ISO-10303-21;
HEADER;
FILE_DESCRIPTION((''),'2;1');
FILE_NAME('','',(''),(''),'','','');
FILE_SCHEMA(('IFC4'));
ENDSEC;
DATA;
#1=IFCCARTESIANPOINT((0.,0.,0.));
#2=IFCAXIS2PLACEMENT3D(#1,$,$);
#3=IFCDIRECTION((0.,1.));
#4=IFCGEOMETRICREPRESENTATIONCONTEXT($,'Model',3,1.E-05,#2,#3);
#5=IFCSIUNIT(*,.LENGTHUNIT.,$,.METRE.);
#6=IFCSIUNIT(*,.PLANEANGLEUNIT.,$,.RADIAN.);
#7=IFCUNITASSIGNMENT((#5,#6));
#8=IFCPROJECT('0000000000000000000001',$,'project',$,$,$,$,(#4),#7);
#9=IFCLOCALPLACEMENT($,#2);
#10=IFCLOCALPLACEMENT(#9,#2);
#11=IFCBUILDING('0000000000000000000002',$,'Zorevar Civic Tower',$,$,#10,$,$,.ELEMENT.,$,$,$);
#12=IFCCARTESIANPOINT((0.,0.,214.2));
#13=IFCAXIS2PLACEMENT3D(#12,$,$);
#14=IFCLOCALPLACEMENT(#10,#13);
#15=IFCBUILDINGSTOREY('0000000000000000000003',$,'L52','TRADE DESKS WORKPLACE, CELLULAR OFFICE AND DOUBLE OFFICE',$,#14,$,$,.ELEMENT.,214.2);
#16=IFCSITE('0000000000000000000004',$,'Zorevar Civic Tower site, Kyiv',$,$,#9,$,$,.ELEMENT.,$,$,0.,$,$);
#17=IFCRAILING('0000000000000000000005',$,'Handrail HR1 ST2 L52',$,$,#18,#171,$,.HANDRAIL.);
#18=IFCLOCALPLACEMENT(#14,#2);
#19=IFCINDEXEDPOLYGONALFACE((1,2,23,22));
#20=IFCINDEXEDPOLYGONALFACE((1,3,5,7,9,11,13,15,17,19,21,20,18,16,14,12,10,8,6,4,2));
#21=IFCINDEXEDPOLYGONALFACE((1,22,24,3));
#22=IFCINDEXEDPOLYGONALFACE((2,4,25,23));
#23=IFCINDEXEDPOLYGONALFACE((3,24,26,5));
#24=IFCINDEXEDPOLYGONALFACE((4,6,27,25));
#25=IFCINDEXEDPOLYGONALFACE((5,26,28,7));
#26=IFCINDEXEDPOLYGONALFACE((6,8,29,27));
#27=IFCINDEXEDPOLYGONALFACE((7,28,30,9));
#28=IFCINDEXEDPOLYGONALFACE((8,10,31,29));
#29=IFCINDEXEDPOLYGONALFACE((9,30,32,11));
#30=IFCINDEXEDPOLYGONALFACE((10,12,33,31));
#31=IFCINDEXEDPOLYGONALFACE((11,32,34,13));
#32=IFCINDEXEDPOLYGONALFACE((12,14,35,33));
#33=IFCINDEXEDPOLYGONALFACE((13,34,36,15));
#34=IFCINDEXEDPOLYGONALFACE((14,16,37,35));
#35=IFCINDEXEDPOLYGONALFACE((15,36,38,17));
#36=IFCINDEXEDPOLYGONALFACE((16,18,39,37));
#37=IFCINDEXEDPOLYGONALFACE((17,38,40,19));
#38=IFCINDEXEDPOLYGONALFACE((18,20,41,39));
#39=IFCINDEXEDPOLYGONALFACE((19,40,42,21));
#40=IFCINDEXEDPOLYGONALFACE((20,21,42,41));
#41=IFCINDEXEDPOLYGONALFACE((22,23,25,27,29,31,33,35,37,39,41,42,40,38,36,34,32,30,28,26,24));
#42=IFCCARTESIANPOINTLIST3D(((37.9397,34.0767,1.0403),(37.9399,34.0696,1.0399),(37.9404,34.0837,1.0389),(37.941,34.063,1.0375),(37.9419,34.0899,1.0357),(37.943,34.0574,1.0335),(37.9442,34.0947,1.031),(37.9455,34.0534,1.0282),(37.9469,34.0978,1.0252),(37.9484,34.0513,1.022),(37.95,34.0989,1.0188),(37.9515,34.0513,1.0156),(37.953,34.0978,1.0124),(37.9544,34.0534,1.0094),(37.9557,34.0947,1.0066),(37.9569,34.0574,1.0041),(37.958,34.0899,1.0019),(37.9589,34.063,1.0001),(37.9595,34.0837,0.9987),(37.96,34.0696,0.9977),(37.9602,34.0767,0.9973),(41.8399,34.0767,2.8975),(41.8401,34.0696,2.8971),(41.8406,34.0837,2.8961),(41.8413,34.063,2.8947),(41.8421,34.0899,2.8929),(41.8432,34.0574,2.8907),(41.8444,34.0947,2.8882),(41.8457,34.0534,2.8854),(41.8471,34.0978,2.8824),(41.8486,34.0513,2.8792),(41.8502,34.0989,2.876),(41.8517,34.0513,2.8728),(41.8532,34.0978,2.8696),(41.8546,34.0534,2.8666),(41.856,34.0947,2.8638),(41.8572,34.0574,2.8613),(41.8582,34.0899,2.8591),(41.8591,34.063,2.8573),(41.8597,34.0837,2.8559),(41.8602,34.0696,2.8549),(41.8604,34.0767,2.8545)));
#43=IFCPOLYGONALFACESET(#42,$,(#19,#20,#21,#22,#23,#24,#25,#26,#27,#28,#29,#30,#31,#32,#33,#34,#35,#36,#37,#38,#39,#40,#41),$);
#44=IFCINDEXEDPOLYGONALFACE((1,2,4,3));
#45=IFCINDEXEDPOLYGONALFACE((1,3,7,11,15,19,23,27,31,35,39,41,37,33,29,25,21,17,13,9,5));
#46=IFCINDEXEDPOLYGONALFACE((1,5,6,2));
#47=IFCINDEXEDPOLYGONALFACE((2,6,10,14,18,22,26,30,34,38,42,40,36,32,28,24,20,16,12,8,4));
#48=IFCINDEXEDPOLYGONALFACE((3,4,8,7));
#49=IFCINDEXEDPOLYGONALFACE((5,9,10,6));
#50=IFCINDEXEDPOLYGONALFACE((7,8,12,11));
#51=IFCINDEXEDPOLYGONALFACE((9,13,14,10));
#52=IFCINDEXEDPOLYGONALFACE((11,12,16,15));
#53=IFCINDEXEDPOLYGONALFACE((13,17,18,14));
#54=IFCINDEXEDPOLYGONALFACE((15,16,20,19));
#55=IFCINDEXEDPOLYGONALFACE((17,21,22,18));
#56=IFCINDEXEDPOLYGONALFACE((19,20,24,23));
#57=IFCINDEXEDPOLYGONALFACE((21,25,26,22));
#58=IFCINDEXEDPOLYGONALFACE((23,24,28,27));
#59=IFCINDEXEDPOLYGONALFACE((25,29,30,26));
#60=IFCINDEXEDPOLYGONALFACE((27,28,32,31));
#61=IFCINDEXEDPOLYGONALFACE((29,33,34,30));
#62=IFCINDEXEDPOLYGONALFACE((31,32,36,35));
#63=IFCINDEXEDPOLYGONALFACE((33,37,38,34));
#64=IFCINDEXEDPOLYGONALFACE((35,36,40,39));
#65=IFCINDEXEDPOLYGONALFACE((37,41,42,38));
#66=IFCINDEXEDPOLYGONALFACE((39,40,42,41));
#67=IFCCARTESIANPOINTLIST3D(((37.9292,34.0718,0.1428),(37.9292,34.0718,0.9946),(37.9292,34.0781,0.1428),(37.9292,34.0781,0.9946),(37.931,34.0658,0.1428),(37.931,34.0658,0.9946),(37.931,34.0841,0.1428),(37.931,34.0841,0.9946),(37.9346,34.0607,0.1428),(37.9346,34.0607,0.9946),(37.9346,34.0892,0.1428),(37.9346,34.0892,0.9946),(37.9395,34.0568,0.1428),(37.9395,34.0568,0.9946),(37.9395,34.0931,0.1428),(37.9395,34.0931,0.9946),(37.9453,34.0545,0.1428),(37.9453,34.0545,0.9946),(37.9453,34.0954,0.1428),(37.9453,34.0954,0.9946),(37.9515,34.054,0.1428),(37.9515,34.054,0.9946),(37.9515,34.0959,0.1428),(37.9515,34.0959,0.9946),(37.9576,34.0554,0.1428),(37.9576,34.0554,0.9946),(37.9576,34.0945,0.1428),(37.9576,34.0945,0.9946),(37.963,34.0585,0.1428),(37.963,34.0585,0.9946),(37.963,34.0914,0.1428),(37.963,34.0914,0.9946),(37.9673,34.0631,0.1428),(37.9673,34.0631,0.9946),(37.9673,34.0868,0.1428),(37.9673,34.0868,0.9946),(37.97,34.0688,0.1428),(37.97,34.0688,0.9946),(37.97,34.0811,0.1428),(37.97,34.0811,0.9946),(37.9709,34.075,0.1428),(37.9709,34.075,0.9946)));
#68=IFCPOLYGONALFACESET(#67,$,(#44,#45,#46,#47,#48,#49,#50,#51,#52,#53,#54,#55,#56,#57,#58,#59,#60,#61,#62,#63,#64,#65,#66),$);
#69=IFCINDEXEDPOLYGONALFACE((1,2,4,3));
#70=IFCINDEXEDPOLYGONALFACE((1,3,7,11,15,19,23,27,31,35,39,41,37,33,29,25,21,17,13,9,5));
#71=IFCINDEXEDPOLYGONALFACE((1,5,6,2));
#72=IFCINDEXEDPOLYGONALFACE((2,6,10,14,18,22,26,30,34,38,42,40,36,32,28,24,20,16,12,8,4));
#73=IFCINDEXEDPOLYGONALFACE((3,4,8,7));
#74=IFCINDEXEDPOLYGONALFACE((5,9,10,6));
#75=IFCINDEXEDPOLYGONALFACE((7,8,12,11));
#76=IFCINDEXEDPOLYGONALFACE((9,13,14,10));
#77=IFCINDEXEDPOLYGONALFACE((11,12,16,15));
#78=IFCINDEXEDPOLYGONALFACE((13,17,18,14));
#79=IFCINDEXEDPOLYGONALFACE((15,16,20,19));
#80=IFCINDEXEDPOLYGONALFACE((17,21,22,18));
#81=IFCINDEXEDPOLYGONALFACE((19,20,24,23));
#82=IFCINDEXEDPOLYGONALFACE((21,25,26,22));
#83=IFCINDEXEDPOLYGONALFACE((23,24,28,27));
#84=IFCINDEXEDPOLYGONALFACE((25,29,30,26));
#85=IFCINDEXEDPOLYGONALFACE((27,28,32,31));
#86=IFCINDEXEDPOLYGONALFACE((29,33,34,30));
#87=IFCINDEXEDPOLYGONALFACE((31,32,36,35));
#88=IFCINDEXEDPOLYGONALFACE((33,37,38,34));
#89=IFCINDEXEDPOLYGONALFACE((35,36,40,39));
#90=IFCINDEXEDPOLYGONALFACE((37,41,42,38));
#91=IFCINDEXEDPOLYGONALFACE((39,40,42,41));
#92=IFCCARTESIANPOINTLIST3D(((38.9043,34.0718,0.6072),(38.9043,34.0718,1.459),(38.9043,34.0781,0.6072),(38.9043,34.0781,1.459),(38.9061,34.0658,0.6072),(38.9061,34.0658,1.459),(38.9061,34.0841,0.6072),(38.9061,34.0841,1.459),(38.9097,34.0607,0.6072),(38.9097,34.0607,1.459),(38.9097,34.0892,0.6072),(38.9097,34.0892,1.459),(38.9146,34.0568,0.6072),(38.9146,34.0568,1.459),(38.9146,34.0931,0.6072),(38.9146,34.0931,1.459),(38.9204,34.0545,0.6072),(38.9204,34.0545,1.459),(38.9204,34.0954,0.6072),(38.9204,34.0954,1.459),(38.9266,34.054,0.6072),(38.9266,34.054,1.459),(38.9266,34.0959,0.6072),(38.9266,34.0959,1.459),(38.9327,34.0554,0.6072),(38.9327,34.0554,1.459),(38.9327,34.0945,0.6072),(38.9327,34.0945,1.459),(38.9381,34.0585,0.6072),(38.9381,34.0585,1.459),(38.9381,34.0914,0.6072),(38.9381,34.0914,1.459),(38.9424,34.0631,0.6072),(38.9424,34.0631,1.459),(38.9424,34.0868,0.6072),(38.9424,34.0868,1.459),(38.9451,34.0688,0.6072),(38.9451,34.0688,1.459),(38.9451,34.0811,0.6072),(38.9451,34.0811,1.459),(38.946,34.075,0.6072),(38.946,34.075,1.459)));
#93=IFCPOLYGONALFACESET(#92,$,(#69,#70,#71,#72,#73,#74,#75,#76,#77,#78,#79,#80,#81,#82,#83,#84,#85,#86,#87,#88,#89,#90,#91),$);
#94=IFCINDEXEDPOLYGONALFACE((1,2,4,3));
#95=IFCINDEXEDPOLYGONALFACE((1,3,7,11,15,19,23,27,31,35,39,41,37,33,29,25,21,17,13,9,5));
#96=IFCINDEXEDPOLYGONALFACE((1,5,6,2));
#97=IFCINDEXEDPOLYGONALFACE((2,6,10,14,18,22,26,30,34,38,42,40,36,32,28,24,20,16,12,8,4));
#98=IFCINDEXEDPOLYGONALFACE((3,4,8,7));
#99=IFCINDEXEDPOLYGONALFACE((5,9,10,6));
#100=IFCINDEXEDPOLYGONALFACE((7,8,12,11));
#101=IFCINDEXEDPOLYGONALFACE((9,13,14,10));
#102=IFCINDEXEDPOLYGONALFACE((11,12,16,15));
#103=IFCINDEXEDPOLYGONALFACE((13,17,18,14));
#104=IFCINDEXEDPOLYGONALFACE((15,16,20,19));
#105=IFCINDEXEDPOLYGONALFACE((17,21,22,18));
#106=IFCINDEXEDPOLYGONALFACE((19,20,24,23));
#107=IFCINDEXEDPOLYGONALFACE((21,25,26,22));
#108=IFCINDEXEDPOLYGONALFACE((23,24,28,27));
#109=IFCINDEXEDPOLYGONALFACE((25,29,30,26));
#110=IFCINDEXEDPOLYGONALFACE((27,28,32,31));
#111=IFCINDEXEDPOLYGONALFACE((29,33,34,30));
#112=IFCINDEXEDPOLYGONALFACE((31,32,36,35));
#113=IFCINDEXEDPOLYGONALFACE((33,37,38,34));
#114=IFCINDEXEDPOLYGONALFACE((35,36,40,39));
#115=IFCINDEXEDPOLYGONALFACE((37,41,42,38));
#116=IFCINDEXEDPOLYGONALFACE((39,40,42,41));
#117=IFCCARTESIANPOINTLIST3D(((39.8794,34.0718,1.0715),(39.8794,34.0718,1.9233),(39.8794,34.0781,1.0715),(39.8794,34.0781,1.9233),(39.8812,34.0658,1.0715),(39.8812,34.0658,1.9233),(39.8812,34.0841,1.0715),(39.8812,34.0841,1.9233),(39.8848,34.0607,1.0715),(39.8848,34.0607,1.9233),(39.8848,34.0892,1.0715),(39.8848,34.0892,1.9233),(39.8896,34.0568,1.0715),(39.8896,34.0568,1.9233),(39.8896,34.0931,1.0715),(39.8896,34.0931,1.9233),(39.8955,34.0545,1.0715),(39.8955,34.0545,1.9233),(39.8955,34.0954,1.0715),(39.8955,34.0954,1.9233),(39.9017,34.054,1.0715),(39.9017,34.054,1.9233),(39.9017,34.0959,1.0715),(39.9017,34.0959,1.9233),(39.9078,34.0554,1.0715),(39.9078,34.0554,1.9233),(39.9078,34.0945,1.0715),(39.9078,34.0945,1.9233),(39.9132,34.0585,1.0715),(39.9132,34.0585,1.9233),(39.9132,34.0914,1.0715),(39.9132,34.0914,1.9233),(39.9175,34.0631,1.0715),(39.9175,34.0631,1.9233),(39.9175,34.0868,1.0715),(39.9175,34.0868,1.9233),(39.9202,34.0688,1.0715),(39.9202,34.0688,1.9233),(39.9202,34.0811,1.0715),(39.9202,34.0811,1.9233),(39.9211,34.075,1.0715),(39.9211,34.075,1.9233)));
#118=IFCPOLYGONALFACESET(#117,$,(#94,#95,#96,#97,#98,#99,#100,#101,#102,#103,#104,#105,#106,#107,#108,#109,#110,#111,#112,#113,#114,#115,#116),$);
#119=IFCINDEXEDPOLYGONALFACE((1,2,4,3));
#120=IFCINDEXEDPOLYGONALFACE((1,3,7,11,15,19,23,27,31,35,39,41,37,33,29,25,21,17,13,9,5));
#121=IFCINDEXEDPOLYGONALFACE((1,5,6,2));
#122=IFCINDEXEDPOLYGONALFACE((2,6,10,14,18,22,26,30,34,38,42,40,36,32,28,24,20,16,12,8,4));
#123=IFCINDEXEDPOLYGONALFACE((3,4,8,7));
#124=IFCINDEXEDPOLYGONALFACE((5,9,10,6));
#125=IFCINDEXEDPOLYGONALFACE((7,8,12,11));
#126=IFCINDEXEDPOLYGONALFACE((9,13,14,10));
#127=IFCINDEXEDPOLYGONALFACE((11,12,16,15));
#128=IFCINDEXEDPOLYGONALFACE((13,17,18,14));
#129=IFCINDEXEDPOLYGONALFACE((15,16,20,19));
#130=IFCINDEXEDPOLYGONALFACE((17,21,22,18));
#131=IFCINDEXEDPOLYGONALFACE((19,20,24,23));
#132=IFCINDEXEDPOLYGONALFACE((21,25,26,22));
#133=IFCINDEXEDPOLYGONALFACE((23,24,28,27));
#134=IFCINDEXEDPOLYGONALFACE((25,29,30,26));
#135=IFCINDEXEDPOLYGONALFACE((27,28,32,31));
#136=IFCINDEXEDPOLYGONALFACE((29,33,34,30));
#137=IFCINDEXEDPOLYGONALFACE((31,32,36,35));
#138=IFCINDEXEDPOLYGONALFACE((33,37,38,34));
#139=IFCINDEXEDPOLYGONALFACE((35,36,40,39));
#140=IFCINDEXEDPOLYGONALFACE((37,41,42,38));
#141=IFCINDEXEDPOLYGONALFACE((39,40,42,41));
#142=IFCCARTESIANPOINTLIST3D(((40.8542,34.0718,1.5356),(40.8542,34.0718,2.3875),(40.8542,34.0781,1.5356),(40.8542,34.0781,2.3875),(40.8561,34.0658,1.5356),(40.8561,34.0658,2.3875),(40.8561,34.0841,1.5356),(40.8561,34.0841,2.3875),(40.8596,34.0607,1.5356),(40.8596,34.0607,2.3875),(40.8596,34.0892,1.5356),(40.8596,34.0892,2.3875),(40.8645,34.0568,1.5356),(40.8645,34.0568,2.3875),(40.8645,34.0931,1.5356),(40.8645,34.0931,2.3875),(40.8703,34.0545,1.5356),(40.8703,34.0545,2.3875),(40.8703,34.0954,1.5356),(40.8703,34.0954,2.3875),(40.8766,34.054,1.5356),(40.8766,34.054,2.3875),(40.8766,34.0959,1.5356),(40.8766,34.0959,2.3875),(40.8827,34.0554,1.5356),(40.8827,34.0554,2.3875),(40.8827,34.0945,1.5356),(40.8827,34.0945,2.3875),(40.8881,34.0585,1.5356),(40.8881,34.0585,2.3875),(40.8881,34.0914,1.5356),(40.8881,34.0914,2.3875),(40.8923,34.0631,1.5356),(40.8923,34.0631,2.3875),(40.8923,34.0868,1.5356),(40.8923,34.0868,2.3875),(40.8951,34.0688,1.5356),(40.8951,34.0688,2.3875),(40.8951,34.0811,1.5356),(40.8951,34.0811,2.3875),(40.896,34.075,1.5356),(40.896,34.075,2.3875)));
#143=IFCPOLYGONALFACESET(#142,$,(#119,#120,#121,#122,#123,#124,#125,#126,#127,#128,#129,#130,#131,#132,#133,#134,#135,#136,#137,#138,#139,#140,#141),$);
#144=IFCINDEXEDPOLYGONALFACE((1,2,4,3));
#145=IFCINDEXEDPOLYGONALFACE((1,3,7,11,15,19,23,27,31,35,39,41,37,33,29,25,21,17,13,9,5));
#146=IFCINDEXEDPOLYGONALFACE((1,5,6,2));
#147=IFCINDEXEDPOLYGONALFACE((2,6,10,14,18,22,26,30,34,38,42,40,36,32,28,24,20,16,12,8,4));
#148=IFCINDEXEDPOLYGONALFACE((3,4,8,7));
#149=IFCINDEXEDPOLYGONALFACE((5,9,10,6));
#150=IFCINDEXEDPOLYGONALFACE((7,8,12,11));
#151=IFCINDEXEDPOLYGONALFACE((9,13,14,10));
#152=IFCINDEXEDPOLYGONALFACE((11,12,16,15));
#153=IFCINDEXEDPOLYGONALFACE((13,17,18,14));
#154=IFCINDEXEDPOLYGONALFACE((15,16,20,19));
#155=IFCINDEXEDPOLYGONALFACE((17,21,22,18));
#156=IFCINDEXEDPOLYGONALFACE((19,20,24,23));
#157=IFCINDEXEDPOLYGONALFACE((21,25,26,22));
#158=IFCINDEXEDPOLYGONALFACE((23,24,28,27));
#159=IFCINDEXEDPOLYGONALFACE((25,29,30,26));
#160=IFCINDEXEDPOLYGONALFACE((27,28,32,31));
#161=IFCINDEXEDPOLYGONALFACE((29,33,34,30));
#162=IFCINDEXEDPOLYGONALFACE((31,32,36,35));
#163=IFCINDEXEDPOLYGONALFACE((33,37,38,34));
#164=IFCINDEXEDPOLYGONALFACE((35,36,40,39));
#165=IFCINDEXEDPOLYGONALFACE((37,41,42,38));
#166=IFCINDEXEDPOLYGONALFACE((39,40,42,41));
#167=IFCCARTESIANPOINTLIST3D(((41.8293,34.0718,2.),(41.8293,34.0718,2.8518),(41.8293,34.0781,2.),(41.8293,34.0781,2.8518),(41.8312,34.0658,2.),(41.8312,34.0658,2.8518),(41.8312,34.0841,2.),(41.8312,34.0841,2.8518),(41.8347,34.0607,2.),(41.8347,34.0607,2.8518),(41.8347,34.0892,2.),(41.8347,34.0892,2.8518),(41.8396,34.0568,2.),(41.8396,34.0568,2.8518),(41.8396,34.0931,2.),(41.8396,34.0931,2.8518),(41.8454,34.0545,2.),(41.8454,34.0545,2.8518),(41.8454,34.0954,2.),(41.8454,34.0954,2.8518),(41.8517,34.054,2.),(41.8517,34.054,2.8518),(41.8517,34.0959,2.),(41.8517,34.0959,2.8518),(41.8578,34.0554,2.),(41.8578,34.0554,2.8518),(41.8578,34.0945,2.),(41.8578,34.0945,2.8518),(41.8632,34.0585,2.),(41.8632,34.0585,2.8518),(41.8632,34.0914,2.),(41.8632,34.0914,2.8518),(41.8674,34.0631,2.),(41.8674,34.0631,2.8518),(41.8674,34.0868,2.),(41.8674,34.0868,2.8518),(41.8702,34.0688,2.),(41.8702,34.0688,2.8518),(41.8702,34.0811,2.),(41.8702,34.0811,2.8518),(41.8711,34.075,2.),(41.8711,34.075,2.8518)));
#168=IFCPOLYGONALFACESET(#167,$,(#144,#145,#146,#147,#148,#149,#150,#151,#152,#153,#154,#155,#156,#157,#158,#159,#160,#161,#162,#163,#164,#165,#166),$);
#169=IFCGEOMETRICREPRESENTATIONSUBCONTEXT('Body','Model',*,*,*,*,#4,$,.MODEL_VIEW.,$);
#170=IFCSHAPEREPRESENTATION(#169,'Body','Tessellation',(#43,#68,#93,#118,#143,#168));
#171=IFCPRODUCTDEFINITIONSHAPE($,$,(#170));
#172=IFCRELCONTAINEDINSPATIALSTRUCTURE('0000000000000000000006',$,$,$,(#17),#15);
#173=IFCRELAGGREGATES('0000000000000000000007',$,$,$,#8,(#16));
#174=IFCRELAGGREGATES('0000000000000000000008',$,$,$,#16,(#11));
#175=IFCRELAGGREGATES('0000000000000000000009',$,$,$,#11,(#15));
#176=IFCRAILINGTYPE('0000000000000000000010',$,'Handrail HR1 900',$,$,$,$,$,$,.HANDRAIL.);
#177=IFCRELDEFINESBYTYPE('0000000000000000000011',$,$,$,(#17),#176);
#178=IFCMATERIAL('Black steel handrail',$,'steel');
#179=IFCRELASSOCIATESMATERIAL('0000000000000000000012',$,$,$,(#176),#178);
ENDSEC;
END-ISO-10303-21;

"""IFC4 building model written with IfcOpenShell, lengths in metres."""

from ifc_helpers import new_model, si_unit, direction, frame, origin, origin_2d, place, context, subcontext, project, spatial, circle, extrude, material, type_object, element, save


model = new_model("IFC4")

# Units and contexts
model_context = context("Model", 3, precision=1e-05, world=origin(), true_north=direction((0.0, 1.0)))
body_context = subcontext(model_context, "Body", "Model", "MODEL_VIEW")
ifc_project = project(units=[si_unit("LENGTHUNIT", "METRE"), si_unit("PLANEANGLEUNIT", "RADIAN")], contexts=[model_context])

# Site, building, storey
site_placement = place(None, origin())
site = spatial("IfcSite", under=ifc_project, at=site_placement, Name="Zorevar Civic Tower site, Kyiv", CompositionType="ELEMENT", RefElevation=0.0)
building_placement = place(site_placement, origin())
building = spatial("IfcBuilding", under=site, at=building_placement, Name="Zorevar Civic Tower", CompositionType="ELEMENT")
storey_placement = place(building_placement, frame((0.0, 0.0, 214.2)))
storey = spatial("IfcBuildingStorey", under=building, at=storey_placement, Name="L52", Description="TRADE DESKS WORKPLACE, CELLULAR OFFICE AND DOUBLE OFFICE", CompositionType="ELEMENT", Elevation=214.2)

# Railing
ifc_material_1 = material(Name="Black steel handrail", Category="steel")
railing_type = type_object("IfcRailingType", Name="Handrail HR1 900", PredefinedType="HANDRAIL", material=ifc_material_1)
railing_placement = place(storey_placement, frame((37.95, 34.075, 0.1428)))
element("IfcRailing", 1, at=railing_placement, inside=storey, type_object=railing_type, Name="Handrail HR1 ST2 L52", PredefinedType="HANDRAIL", context=body_context, shape_type="SweptSolid", body=[
    extrude(circle(Radius=0.0239, at=origin_2d()), frame((0.0, 0.0, 0.876), z_axis=(0.902864, 0.0, 0.429927), x_axis=(0.0, 1.0, 0.0)), (0.0, 0.0, 1.0), 4.3198),
    extrude(circle(Radius=0.021, at=origin_2d()), origin(), (0.0, 0.0, 1.0), 0.8518),
    extrude(circle(Radius=0.021, at=origin_2d()), frame((0.9751, 0.0, 0.4644)), (0.0, 0.0, 1.0), 0.8518),
    extrude(circle(Radius=0.021, at=origin_2d()), frame((1.9502, 0.0, 0.9287)), (0.0, 0.0, 1.0), 0.8518),
    extrude(circle(Radius=0.021, at=origin_2d()), frame((2.925, 0.0, 1.3928)), (0.0, 0.0, 1.0), 0.8518),
    extrude(circle(Radius=0.021, at=origin_2d()), frame((3.9001, 0.0, 1.8572)), (0.0, 0.0, 1.0), 0.8518),
])

save(model, "model.ifc")
